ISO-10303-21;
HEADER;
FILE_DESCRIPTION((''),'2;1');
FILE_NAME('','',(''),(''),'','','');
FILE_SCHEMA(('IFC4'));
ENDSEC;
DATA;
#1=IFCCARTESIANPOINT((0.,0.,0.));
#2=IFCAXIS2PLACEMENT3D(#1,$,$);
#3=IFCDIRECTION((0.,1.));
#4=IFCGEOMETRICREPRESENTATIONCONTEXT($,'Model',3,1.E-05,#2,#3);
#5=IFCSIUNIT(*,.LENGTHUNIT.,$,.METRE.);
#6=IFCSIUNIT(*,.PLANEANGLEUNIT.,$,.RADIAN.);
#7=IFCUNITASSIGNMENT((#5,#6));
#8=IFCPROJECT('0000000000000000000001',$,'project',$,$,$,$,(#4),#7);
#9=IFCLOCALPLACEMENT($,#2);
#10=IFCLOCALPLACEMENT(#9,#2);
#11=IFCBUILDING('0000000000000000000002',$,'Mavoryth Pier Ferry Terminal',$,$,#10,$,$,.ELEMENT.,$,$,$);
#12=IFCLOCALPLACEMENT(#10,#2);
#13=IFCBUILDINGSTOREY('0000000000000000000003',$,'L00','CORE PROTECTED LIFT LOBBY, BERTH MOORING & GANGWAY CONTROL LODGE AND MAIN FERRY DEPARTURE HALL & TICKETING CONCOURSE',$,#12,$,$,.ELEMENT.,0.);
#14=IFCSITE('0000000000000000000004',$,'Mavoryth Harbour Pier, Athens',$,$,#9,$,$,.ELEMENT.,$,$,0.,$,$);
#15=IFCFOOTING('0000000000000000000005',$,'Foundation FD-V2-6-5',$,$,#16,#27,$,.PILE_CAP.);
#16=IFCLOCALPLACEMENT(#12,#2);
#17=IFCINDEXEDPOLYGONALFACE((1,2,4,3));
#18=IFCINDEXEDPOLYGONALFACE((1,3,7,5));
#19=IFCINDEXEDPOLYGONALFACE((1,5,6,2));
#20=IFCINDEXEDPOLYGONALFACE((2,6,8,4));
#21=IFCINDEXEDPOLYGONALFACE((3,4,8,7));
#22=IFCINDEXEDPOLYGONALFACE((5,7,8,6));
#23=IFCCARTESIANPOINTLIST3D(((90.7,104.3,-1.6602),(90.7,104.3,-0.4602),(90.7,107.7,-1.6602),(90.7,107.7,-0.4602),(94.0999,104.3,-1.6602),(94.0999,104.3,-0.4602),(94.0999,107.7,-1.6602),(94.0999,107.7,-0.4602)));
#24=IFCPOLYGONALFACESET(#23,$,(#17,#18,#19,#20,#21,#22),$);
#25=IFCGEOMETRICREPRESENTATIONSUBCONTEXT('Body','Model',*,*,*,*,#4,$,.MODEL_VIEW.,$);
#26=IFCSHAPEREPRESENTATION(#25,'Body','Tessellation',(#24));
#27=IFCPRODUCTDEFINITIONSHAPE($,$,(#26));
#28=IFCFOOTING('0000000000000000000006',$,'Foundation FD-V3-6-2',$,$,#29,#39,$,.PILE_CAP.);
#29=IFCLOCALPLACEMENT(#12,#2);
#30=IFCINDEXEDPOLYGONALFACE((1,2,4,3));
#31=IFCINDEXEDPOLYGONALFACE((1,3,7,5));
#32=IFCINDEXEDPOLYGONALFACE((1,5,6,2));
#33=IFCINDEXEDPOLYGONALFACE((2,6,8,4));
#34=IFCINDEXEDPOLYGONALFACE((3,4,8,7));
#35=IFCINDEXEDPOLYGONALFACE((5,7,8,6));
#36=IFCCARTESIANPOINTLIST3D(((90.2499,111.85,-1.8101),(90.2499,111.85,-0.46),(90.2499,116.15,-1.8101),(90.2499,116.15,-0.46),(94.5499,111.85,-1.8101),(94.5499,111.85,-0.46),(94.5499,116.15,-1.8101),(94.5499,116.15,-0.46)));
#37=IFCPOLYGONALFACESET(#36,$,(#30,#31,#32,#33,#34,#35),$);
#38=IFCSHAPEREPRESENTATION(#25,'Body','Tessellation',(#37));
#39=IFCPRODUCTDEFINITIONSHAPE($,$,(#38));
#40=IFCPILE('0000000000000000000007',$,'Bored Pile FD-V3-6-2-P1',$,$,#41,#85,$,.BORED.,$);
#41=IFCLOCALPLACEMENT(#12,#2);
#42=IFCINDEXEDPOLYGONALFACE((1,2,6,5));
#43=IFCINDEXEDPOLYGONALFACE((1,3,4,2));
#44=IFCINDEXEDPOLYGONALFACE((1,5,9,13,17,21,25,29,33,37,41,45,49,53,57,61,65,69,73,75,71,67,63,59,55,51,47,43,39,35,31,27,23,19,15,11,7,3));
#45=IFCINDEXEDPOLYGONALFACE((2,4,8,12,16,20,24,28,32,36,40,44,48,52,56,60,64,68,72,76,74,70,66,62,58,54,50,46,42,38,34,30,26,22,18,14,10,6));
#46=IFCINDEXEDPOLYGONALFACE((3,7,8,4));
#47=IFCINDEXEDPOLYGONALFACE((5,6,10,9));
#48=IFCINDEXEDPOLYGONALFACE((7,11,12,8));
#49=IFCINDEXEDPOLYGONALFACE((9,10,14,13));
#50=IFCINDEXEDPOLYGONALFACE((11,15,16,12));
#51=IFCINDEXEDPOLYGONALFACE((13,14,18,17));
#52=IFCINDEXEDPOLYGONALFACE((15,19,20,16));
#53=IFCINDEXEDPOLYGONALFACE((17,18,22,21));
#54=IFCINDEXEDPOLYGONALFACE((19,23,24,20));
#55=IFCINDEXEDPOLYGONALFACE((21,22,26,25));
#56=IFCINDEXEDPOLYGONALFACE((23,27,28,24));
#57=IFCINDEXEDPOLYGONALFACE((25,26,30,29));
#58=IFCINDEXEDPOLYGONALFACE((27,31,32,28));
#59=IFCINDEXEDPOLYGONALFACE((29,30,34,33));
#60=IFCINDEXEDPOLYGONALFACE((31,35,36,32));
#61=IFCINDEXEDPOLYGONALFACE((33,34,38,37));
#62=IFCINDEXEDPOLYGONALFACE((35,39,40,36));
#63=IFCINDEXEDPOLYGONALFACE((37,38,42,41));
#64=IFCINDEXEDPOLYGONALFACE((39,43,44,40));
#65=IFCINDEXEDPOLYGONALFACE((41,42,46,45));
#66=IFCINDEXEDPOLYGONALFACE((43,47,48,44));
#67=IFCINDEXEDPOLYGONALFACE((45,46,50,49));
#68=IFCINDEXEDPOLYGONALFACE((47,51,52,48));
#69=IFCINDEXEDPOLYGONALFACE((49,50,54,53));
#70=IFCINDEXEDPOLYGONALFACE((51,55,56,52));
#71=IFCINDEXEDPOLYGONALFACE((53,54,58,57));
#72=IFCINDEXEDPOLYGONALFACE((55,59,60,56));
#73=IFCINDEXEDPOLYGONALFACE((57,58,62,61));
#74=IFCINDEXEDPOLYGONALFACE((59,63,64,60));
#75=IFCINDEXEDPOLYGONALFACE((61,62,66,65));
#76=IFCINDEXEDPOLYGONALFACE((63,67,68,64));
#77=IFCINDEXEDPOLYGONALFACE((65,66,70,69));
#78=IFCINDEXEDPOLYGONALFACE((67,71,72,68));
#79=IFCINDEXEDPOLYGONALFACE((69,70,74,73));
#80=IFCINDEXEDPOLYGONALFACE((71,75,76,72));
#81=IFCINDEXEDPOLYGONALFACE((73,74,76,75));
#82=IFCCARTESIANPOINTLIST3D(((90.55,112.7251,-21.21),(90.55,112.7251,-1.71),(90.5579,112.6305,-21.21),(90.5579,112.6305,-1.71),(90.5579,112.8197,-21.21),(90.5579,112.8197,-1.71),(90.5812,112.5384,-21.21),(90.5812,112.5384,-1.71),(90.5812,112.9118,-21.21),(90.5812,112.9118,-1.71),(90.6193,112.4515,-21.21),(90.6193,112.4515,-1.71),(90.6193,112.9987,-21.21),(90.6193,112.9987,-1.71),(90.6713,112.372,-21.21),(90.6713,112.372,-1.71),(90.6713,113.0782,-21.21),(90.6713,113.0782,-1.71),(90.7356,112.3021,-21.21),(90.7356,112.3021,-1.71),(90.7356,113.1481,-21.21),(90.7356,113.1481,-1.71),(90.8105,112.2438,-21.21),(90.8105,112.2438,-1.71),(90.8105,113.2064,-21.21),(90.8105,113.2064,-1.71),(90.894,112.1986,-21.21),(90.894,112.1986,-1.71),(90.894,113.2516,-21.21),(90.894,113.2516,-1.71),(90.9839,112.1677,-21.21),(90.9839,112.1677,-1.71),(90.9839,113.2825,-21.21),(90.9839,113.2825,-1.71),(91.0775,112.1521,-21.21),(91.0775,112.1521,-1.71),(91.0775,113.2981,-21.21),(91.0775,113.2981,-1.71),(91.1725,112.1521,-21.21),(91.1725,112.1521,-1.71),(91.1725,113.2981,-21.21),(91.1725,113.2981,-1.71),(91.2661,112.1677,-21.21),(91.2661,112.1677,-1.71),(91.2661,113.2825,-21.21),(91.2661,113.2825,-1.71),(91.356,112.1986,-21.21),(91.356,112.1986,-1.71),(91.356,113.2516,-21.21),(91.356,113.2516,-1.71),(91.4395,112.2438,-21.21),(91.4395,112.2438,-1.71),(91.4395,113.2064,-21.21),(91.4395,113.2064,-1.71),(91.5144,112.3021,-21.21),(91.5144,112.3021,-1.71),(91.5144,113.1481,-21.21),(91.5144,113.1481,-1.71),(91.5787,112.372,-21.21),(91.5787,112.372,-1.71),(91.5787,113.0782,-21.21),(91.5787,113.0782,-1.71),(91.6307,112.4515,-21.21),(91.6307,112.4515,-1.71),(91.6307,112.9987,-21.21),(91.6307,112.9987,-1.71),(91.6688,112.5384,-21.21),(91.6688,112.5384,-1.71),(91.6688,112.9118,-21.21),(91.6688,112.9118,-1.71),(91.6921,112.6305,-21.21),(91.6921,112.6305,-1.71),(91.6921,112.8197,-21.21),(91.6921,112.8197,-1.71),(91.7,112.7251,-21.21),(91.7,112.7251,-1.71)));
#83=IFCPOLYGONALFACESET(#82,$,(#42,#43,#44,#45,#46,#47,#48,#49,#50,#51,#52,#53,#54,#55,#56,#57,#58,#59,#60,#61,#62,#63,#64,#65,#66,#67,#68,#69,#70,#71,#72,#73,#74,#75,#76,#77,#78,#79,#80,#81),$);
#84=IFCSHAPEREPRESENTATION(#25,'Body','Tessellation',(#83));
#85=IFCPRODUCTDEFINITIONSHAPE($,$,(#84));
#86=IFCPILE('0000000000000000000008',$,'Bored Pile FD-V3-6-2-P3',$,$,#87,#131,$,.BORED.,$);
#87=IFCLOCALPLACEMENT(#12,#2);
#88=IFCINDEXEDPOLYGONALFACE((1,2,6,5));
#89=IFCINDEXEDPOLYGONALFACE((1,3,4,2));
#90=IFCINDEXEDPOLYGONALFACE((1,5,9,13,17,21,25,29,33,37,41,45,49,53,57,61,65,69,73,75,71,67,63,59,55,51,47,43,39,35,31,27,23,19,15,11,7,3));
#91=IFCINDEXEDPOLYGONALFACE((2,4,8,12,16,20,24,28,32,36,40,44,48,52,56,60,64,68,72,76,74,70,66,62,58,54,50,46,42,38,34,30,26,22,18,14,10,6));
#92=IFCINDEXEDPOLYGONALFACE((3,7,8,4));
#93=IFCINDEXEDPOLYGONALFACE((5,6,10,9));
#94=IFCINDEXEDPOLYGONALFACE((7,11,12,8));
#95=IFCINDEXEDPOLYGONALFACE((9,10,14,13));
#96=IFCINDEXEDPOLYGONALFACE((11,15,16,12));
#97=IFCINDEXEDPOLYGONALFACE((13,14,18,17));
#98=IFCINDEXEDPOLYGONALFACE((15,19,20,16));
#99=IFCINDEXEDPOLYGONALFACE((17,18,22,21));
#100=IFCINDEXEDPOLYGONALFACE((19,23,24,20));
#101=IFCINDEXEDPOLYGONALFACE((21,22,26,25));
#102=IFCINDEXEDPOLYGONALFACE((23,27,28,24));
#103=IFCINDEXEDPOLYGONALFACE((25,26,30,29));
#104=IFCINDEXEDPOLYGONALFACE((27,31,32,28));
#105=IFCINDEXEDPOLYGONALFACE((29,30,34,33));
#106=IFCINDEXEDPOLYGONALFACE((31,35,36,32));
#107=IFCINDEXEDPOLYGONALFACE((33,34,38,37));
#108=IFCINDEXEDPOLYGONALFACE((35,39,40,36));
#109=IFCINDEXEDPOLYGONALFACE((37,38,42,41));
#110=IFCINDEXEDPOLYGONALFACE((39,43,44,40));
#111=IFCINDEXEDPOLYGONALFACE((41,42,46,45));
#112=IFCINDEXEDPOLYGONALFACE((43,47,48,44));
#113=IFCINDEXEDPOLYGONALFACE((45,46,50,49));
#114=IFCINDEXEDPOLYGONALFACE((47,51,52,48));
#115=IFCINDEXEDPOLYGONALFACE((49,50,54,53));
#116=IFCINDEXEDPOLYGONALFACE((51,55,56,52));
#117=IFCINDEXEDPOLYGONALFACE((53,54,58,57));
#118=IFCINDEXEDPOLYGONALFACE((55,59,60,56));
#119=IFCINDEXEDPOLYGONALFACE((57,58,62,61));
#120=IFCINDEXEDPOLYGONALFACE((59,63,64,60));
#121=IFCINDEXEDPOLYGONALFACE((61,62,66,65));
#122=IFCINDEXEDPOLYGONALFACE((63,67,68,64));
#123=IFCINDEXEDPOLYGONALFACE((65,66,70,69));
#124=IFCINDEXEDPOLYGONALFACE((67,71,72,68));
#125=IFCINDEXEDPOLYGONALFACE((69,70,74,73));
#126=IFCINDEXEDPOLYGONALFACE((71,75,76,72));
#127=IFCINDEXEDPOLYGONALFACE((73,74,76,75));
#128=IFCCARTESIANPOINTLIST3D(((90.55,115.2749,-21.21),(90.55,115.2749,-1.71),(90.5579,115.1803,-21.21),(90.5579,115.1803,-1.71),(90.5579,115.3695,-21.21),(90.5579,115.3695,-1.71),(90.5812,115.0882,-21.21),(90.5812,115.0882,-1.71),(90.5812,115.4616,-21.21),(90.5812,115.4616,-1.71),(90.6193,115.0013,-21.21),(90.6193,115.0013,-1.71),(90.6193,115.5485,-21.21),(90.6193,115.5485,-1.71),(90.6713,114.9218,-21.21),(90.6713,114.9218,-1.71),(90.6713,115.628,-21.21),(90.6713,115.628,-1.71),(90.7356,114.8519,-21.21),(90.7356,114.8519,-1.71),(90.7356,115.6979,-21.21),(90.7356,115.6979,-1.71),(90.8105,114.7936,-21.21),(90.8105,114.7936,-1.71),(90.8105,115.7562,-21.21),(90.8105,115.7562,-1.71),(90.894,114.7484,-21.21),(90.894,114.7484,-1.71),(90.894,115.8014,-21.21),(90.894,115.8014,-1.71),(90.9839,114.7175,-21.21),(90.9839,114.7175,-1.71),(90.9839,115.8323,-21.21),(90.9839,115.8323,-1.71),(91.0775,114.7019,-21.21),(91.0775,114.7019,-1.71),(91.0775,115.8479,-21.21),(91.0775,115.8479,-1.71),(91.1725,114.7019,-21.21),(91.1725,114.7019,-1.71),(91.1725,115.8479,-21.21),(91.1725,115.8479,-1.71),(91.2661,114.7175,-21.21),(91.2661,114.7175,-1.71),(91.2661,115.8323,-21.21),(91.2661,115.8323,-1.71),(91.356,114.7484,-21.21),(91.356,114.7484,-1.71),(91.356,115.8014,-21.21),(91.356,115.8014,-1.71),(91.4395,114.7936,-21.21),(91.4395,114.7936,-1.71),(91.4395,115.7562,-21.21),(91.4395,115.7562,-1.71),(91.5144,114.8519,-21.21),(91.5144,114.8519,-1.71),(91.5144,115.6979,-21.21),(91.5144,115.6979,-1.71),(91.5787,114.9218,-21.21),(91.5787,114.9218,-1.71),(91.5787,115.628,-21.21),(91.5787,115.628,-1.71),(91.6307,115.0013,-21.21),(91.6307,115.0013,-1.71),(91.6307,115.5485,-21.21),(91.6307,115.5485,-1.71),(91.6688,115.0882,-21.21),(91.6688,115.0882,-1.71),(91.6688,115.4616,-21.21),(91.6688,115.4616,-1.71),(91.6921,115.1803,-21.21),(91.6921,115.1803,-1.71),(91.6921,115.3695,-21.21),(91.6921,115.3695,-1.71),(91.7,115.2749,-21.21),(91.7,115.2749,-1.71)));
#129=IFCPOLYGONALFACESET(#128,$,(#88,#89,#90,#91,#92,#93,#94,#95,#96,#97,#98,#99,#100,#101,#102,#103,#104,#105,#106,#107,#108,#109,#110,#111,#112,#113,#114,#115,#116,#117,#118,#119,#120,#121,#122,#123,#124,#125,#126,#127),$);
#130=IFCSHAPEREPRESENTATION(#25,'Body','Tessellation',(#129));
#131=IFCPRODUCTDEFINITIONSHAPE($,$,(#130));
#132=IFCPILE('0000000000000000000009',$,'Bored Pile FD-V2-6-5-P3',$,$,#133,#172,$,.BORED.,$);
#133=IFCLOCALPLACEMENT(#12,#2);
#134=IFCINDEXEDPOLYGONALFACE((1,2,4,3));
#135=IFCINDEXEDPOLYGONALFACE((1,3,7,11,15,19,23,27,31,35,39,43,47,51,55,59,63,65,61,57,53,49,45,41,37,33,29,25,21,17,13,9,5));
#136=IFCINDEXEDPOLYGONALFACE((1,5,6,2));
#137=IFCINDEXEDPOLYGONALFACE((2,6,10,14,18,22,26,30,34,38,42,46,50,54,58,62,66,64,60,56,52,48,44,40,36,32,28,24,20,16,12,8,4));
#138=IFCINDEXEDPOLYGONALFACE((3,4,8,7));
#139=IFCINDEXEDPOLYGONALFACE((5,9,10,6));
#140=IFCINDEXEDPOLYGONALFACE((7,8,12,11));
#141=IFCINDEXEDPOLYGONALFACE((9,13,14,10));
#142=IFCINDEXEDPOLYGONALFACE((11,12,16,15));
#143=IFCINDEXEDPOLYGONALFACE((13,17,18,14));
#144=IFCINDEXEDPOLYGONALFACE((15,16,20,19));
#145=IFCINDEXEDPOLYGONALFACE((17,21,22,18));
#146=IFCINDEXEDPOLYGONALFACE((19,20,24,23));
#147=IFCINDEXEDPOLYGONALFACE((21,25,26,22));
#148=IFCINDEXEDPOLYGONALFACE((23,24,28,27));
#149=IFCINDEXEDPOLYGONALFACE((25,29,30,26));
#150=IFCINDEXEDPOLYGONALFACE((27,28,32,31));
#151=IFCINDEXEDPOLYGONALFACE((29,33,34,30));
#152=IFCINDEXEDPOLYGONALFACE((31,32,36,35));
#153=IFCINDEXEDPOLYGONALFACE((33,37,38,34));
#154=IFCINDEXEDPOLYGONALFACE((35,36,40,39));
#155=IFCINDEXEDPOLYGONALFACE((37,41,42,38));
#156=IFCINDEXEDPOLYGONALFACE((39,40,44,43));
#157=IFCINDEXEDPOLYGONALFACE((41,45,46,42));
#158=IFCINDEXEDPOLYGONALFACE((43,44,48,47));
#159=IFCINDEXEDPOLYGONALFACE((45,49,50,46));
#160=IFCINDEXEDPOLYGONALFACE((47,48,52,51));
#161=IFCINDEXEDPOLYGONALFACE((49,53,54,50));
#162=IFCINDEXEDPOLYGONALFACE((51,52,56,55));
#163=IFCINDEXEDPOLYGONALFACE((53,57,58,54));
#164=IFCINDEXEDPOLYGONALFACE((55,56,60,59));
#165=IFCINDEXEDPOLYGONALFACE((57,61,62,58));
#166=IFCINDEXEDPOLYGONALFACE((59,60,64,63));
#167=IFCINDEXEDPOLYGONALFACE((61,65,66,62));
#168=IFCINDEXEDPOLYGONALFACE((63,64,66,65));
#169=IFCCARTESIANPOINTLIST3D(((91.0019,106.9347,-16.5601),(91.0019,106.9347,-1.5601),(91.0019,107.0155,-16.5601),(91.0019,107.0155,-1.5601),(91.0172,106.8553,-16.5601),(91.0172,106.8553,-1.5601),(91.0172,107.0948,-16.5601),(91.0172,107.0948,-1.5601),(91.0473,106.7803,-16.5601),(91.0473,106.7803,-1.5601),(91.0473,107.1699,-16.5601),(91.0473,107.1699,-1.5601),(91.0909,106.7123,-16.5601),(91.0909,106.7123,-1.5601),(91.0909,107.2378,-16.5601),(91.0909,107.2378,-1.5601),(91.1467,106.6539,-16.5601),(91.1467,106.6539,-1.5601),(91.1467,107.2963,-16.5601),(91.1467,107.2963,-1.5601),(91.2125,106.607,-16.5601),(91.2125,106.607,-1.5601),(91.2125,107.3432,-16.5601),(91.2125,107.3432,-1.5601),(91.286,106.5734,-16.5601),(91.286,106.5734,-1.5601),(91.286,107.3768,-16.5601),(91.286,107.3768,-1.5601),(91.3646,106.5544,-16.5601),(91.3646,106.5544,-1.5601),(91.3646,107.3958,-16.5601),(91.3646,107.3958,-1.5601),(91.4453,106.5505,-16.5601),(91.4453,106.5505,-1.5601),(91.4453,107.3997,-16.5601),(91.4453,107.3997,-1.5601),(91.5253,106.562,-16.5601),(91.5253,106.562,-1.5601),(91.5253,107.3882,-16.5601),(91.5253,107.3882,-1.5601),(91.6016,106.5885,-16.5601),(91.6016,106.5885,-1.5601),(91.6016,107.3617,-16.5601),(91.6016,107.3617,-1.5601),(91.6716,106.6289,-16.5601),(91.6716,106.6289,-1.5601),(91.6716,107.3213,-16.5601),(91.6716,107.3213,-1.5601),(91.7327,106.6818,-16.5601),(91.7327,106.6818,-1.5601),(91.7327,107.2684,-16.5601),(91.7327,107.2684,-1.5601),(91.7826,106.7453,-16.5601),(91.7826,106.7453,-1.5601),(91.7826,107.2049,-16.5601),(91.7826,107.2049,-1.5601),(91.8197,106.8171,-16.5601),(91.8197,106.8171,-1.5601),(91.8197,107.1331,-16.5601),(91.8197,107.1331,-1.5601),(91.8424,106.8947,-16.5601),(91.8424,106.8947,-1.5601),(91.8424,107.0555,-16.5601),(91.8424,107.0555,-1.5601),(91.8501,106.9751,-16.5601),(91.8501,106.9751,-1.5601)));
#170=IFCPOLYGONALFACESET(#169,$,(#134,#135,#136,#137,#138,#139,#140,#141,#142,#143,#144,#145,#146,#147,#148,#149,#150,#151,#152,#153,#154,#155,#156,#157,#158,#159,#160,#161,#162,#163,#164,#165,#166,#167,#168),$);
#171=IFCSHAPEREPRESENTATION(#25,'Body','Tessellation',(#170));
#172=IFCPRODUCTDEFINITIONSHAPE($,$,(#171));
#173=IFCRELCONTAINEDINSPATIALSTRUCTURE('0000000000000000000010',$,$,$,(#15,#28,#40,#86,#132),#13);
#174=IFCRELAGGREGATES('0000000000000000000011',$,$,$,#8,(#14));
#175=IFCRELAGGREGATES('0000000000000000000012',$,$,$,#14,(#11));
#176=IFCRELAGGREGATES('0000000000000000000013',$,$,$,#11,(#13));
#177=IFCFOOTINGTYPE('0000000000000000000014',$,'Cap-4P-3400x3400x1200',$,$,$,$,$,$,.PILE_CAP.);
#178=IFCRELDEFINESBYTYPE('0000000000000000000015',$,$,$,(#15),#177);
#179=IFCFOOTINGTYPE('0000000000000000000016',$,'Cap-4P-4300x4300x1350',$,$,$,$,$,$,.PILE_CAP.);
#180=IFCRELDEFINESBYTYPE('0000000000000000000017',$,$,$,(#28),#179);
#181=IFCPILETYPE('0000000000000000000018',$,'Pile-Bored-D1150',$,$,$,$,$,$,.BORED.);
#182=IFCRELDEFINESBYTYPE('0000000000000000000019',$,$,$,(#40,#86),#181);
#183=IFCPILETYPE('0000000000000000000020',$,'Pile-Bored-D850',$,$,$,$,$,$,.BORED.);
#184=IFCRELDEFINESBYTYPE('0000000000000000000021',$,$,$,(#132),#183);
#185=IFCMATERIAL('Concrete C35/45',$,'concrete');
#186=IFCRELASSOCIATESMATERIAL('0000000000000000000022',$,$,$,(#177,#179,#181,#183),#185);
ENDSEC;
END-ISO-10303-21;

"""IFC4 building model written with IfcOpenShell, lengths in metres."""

from ifc_helpers import new_model, si_unit, direction, frame, origin, origin_2d, place, context, subcontext, project, spatial, rectangle, circle, extrude, material, material_profile, profile_set, type_object, element, save


model = new_model("IFC4")

# Units and contexts
model_context = context("Model", 3, precision=1e-05, world=origin(), true_north=direction((0.0, 1.0)))
body_context = subcontext(model_context, "Body", "Model", "MODEL_VIEW")
ifc_project = project(units=[si_unit("LENGTHUNIT", "METRE"), si_unit("PLANEANGLEUNIT", "RADIAN")], contexts=[model_context])

# Site, building, storey
site_placement = place(None, origin())
site = spatial("IfcSite", under=ifc_project, at=site_placement, Name="Mavoryth Harbour Pier, Athens", CompositionType="ELEMENT", RefElevation=0.0)
building_placement = place(site_placement, origin())
building = spatial("IfcBuilding", under=site, at=building_placement, Name="Mavoryth Pier Ferry Terminal", CompositionType="ELEMENT")
storey_placement = place(building_placement, origin())
storey = spatial("IfcBuildingStorey", under=building, at=storey_placement, Name="L00", Description="CORE PROTECTED LIFT LOBBY, BERTH MOORING & GANGWAY CONTROL LODGE AND MAIN FERRY DEPARTURE HALL & TICKETING CONCOURSE", CompositionType="ELEMENT", Elevation=0.0)

# Footings
ifc_material_1 = material(Name="Concrete C35/45", Category="concrete")
footing_type_1 = type_object("IfcFootingType", Name="Cap-4P-3400x3400x1200", PredefinedType="PILE_CAP", material=ifc_material_1)
footing_1_placement = place(storey_placement, frame((92.3999, 106.0, -1.6602), z_axis=(0.0, 0.0, 1.0), x_axis=(1.0, 0.0, 0.0)))
element("IfcFooting", 1, at=footing_1_placement, inside=storey, type_object=footing_type_1, Name="Foundation FD-V2-6-5", PredefinedType="PILE_CAP", context=body_context, shape_type="SweptSolid", body=[
    extrude(rectangle(XDim=3.3999, YDim=3.3999, at=origin_2d()), origin(), (0.0, 0.0, 1.0), 1.2),
])
footing_type_2 = type_object("IfcFootingType", Name="Cap-4P-4300x4300x1350", PredefinedType="PILE_CAP", material=ifc_material_1)
footing_2_placement = place(storey_placement, frame((92.3999, 114.0, -1.8101), z_axis=(0.0, 0.0, 1.0), x_axis=(1.0, 0.0, 0.0)))
element("IfcFooting", 2, at=footing_2_placement, inside=storey, type_object=footing_type_2, Name="Foundation FD-V3-6-2", PredefinedType="PILE_CAP", context=body_context, shape_type="SweptSolid", body=[
    extrude(rectangle(XDim=4.3, YDim=4.3, at=origin_2d()), origin(), (0.0, 0.0, 1.0), 1.3501),
])

# Piles
ifc_material_profile_1 = material_profile(ifc_material_1, circle(Radius=0.575, at=origin_2d()), Name="PILE D1150", Category="concrete")
ifc_profile_set_1 = profile_set([ifc_material_profile_1], Name="Concrete C35/45 - PILE D1150")
pile_type_1 = type_object("IfcPileType", Name="Pile-Bored-D1150", PredefinedType="BORED", material=ifc_profile_set_1)
for number, where, z_axis, x_axis, name in (
    (3, (91.125, 112.7251, -1.71), (0.0, 0.0, -1.0), (1.0, 0.0, 0.0), "Bored Pile FD-V3-6-2-P1"),
    (4, (91.125, 115.2749, -1.71), (0.0, 0.0, -1.0), (1.0, 0.0, 0.0), "Bored Pile FD-V3-6-2-P3"),
):
    element("IfcPile", number, at=place(storey_placement, frame(where, z_axis=z_axis, x_axis=x_axis)), inside=storey, type_object=pile_type_1, Name=name, PredefinedType="BORED", context=body_context, shape_type="SweptSolid", body=[
        extrude(circle(Radius=0.575, at=origin_2d()), origin(), (0.0, 0.0, 1.0), 19.5),
    ])
ifc_material_profile_2 = material_profile(ifc_material_1, circle(Radius=0.425, at=origin_2d()), Name="PILE D850", Category="concrete")
ifc_profile_set_2 = profile_set([ifc_material_profile_2], Name="Concrete C35/45 - PILE D850")
pile_type_2 = type_object("IfcPileType", Name="Pile-Bored-D850", PredefinedType="BORED", material=ifc_profile_set_2)
for number, where, z_axis, x_axis, name in (
    (5, (91.425, 106.9751, -1.5601), (0.0, 0.0, -1.0), (1.0, 0.0, 0.0), "Bored Pile FD-V2-6-5-P3"),
):
    element("IfcPile", number, at=place(storey_placement, frame(where, z_axis=z_axis, x_axis=x_axis)), inside=storey, type_object=pile_type_2, Name=name, PredefinedType="BORED", context=body_context, shape_type="SweptSolid", body=[
        extrude(circle(Radius=0.425, at=origin_2d()), origin(), (0.0, 0.0, 1.0), 15.0),
    ])

save(model, "model.ifc")
